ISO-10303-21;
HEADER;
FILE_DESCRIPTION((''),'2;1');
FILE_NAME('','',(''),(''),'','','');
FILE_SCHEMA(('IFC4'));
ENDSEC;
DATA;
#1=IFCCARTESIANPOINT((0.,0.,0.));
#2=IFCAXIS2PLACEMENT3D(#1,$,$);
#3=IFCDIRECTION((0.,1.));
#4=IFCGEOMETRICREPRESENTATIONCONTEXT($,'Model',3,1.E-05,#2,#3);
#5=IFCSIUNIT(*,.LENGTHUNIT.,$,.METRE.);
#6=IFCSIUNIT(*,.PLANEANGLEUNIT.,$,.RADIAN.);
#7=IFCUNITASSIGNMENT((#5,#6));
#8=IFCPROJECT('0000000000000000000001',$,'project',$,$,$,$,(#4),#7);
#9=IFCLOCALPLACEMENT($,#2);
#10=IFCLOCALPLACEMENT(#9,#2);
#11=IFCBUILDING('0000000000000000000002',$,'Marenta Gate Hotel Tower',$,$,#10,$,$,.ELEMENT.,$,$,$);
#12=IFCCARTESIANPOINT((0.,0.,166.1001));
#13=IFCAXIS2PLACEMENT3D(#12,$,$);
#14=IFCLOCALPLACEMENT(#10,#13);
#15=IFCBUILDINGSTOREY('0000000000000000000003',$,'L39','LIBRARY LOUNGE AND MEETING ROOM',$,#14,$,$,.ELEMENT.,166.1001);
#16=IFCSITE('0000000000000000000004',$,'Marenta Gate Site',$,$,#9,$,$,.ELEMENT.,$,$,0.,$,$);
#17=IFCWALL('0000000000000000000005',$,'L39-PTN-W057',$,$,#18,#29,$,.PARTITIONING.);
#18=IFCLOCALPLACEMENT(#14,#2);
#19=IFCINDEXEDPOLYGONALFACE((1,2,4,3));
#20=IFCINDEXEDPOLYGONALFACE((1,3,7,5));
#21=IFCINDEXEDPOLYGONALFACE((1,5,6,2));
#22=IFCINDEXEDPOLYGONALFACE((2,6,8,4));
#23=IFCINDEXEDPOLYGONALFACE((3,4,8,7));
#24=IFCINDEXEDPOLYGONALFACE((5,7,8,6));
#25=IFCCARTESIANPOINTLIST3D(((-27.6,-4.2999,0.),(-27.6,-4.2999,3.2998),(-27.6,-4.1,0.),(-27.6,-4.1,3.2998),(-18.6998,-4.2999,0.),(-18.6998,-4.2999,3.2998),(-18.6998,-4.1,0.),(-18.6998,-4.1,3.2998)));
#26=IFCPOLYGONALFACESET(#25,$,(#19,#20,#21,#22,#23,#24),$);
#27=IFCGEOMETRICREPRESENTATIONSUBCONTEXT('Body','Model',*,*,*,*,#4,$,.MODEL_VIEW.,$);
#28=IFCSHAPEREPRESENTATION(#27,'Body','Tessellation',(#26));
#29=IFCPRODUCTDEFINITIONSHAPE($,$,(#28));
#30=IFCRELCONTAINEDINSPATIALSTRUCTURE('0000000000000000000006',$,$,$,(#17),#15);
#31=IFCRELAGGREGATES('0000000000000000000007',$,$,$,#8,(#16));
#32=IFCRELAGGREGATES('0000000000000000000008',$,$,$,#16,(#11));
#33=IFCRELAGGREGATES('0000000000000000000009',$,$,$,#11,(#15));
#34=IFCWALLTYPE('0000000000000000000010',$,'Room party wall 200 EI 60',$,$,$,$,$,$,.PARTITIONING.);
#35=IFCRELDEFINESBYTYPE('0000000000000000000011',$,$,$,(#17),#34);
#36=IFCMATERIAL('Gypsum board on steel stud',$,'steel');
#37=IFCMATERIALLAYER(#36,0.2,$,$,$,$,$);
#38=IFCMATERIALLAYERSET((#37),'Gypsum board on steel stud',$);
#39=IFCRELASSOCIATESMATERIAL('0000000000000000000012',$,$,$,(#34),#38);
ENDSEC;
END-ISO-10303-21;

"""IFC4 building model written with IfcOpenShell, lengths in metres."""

from ifc_helpers import new_model, si_unit, direction, frame, frame_2d, origin, place, context, subcontext, project, spatial, rectangle, extrude, material, layer, layer_set, type_object, element, save


model = new_model("IFC4")

# Units and contexts
model_context = context("Model", 3, precision=1e-05, world=origin(), true_north=direction((0.0, 1.0)))
body_context = subcontext(model_context, "Body", "Model", "MODEL_VIEW")
ifc_project = project(units=[si_unit("LENGTHUNIT", "METRE"), si_unit("PLANEANGLEUNIT", "RADIAN")], contexts=[model_context])

# Site, building, storey
site_placement = place(None, origin())
site = spatial("IfcSite", under=ifc_project, at=site_placement, Name="Marenta Gate Site", CompositionType="ELEMENT", RefElevation=0.0)
building_placement = place(site_placement, origin())
building = spatial("IfcBuilding", under=site, at=building_placement, Name="Marenta Gate Hotel Tower", CompositionType="ELEMENT")
storey_placement = place(building_placement, frame((0.0, 0.0, 166.1001)))
storey = spatial("IfcBuildingStorey", under=building, at=storey_placement, Name="L39", Description="LIBRARY LOUNGE AND MEETING ROOM", CompositionType="ELEMENT", Elevation=166.1001)

# Wall
ifc_material_1 = material(Name="Gypsum board on steel stud", Category="steel")
ifc_layer_1 = layer(ifc_material_1, 0.2)
ifc_layer_set_1 = layer_set([ifc_layer_1], Name="Gypsum board on steel stud")
wall_type_1 = type_object("IfcWallType", Name="Room party wall 200 EI 60", PredefinedType="PARTITIONING", material=ifc_layer_set_1)
wall_1_placement = place(storey_placement, frame((-27.6001, -4.2, 0.0), z_axis=(0.0, 0.0, 1.0), x_axis=(1.0, 0.0, 0.0)))
element("IfcWall", 1, at=wall_1_placement, inside=storey, type_object=wall_type_1, Name="L39-PTN-W057", PredefinedType="PARTITIONING", context=body_context, shape_type="SweptSolid", body=[
    extrude(rectangle(XDim=8.9001, YDim=0.2, at=frame_2d((4.4502, 0.0))), origin(), (0.0, 0.0, 1.0), 3.2998),
])

save(model, "model.ifc")
